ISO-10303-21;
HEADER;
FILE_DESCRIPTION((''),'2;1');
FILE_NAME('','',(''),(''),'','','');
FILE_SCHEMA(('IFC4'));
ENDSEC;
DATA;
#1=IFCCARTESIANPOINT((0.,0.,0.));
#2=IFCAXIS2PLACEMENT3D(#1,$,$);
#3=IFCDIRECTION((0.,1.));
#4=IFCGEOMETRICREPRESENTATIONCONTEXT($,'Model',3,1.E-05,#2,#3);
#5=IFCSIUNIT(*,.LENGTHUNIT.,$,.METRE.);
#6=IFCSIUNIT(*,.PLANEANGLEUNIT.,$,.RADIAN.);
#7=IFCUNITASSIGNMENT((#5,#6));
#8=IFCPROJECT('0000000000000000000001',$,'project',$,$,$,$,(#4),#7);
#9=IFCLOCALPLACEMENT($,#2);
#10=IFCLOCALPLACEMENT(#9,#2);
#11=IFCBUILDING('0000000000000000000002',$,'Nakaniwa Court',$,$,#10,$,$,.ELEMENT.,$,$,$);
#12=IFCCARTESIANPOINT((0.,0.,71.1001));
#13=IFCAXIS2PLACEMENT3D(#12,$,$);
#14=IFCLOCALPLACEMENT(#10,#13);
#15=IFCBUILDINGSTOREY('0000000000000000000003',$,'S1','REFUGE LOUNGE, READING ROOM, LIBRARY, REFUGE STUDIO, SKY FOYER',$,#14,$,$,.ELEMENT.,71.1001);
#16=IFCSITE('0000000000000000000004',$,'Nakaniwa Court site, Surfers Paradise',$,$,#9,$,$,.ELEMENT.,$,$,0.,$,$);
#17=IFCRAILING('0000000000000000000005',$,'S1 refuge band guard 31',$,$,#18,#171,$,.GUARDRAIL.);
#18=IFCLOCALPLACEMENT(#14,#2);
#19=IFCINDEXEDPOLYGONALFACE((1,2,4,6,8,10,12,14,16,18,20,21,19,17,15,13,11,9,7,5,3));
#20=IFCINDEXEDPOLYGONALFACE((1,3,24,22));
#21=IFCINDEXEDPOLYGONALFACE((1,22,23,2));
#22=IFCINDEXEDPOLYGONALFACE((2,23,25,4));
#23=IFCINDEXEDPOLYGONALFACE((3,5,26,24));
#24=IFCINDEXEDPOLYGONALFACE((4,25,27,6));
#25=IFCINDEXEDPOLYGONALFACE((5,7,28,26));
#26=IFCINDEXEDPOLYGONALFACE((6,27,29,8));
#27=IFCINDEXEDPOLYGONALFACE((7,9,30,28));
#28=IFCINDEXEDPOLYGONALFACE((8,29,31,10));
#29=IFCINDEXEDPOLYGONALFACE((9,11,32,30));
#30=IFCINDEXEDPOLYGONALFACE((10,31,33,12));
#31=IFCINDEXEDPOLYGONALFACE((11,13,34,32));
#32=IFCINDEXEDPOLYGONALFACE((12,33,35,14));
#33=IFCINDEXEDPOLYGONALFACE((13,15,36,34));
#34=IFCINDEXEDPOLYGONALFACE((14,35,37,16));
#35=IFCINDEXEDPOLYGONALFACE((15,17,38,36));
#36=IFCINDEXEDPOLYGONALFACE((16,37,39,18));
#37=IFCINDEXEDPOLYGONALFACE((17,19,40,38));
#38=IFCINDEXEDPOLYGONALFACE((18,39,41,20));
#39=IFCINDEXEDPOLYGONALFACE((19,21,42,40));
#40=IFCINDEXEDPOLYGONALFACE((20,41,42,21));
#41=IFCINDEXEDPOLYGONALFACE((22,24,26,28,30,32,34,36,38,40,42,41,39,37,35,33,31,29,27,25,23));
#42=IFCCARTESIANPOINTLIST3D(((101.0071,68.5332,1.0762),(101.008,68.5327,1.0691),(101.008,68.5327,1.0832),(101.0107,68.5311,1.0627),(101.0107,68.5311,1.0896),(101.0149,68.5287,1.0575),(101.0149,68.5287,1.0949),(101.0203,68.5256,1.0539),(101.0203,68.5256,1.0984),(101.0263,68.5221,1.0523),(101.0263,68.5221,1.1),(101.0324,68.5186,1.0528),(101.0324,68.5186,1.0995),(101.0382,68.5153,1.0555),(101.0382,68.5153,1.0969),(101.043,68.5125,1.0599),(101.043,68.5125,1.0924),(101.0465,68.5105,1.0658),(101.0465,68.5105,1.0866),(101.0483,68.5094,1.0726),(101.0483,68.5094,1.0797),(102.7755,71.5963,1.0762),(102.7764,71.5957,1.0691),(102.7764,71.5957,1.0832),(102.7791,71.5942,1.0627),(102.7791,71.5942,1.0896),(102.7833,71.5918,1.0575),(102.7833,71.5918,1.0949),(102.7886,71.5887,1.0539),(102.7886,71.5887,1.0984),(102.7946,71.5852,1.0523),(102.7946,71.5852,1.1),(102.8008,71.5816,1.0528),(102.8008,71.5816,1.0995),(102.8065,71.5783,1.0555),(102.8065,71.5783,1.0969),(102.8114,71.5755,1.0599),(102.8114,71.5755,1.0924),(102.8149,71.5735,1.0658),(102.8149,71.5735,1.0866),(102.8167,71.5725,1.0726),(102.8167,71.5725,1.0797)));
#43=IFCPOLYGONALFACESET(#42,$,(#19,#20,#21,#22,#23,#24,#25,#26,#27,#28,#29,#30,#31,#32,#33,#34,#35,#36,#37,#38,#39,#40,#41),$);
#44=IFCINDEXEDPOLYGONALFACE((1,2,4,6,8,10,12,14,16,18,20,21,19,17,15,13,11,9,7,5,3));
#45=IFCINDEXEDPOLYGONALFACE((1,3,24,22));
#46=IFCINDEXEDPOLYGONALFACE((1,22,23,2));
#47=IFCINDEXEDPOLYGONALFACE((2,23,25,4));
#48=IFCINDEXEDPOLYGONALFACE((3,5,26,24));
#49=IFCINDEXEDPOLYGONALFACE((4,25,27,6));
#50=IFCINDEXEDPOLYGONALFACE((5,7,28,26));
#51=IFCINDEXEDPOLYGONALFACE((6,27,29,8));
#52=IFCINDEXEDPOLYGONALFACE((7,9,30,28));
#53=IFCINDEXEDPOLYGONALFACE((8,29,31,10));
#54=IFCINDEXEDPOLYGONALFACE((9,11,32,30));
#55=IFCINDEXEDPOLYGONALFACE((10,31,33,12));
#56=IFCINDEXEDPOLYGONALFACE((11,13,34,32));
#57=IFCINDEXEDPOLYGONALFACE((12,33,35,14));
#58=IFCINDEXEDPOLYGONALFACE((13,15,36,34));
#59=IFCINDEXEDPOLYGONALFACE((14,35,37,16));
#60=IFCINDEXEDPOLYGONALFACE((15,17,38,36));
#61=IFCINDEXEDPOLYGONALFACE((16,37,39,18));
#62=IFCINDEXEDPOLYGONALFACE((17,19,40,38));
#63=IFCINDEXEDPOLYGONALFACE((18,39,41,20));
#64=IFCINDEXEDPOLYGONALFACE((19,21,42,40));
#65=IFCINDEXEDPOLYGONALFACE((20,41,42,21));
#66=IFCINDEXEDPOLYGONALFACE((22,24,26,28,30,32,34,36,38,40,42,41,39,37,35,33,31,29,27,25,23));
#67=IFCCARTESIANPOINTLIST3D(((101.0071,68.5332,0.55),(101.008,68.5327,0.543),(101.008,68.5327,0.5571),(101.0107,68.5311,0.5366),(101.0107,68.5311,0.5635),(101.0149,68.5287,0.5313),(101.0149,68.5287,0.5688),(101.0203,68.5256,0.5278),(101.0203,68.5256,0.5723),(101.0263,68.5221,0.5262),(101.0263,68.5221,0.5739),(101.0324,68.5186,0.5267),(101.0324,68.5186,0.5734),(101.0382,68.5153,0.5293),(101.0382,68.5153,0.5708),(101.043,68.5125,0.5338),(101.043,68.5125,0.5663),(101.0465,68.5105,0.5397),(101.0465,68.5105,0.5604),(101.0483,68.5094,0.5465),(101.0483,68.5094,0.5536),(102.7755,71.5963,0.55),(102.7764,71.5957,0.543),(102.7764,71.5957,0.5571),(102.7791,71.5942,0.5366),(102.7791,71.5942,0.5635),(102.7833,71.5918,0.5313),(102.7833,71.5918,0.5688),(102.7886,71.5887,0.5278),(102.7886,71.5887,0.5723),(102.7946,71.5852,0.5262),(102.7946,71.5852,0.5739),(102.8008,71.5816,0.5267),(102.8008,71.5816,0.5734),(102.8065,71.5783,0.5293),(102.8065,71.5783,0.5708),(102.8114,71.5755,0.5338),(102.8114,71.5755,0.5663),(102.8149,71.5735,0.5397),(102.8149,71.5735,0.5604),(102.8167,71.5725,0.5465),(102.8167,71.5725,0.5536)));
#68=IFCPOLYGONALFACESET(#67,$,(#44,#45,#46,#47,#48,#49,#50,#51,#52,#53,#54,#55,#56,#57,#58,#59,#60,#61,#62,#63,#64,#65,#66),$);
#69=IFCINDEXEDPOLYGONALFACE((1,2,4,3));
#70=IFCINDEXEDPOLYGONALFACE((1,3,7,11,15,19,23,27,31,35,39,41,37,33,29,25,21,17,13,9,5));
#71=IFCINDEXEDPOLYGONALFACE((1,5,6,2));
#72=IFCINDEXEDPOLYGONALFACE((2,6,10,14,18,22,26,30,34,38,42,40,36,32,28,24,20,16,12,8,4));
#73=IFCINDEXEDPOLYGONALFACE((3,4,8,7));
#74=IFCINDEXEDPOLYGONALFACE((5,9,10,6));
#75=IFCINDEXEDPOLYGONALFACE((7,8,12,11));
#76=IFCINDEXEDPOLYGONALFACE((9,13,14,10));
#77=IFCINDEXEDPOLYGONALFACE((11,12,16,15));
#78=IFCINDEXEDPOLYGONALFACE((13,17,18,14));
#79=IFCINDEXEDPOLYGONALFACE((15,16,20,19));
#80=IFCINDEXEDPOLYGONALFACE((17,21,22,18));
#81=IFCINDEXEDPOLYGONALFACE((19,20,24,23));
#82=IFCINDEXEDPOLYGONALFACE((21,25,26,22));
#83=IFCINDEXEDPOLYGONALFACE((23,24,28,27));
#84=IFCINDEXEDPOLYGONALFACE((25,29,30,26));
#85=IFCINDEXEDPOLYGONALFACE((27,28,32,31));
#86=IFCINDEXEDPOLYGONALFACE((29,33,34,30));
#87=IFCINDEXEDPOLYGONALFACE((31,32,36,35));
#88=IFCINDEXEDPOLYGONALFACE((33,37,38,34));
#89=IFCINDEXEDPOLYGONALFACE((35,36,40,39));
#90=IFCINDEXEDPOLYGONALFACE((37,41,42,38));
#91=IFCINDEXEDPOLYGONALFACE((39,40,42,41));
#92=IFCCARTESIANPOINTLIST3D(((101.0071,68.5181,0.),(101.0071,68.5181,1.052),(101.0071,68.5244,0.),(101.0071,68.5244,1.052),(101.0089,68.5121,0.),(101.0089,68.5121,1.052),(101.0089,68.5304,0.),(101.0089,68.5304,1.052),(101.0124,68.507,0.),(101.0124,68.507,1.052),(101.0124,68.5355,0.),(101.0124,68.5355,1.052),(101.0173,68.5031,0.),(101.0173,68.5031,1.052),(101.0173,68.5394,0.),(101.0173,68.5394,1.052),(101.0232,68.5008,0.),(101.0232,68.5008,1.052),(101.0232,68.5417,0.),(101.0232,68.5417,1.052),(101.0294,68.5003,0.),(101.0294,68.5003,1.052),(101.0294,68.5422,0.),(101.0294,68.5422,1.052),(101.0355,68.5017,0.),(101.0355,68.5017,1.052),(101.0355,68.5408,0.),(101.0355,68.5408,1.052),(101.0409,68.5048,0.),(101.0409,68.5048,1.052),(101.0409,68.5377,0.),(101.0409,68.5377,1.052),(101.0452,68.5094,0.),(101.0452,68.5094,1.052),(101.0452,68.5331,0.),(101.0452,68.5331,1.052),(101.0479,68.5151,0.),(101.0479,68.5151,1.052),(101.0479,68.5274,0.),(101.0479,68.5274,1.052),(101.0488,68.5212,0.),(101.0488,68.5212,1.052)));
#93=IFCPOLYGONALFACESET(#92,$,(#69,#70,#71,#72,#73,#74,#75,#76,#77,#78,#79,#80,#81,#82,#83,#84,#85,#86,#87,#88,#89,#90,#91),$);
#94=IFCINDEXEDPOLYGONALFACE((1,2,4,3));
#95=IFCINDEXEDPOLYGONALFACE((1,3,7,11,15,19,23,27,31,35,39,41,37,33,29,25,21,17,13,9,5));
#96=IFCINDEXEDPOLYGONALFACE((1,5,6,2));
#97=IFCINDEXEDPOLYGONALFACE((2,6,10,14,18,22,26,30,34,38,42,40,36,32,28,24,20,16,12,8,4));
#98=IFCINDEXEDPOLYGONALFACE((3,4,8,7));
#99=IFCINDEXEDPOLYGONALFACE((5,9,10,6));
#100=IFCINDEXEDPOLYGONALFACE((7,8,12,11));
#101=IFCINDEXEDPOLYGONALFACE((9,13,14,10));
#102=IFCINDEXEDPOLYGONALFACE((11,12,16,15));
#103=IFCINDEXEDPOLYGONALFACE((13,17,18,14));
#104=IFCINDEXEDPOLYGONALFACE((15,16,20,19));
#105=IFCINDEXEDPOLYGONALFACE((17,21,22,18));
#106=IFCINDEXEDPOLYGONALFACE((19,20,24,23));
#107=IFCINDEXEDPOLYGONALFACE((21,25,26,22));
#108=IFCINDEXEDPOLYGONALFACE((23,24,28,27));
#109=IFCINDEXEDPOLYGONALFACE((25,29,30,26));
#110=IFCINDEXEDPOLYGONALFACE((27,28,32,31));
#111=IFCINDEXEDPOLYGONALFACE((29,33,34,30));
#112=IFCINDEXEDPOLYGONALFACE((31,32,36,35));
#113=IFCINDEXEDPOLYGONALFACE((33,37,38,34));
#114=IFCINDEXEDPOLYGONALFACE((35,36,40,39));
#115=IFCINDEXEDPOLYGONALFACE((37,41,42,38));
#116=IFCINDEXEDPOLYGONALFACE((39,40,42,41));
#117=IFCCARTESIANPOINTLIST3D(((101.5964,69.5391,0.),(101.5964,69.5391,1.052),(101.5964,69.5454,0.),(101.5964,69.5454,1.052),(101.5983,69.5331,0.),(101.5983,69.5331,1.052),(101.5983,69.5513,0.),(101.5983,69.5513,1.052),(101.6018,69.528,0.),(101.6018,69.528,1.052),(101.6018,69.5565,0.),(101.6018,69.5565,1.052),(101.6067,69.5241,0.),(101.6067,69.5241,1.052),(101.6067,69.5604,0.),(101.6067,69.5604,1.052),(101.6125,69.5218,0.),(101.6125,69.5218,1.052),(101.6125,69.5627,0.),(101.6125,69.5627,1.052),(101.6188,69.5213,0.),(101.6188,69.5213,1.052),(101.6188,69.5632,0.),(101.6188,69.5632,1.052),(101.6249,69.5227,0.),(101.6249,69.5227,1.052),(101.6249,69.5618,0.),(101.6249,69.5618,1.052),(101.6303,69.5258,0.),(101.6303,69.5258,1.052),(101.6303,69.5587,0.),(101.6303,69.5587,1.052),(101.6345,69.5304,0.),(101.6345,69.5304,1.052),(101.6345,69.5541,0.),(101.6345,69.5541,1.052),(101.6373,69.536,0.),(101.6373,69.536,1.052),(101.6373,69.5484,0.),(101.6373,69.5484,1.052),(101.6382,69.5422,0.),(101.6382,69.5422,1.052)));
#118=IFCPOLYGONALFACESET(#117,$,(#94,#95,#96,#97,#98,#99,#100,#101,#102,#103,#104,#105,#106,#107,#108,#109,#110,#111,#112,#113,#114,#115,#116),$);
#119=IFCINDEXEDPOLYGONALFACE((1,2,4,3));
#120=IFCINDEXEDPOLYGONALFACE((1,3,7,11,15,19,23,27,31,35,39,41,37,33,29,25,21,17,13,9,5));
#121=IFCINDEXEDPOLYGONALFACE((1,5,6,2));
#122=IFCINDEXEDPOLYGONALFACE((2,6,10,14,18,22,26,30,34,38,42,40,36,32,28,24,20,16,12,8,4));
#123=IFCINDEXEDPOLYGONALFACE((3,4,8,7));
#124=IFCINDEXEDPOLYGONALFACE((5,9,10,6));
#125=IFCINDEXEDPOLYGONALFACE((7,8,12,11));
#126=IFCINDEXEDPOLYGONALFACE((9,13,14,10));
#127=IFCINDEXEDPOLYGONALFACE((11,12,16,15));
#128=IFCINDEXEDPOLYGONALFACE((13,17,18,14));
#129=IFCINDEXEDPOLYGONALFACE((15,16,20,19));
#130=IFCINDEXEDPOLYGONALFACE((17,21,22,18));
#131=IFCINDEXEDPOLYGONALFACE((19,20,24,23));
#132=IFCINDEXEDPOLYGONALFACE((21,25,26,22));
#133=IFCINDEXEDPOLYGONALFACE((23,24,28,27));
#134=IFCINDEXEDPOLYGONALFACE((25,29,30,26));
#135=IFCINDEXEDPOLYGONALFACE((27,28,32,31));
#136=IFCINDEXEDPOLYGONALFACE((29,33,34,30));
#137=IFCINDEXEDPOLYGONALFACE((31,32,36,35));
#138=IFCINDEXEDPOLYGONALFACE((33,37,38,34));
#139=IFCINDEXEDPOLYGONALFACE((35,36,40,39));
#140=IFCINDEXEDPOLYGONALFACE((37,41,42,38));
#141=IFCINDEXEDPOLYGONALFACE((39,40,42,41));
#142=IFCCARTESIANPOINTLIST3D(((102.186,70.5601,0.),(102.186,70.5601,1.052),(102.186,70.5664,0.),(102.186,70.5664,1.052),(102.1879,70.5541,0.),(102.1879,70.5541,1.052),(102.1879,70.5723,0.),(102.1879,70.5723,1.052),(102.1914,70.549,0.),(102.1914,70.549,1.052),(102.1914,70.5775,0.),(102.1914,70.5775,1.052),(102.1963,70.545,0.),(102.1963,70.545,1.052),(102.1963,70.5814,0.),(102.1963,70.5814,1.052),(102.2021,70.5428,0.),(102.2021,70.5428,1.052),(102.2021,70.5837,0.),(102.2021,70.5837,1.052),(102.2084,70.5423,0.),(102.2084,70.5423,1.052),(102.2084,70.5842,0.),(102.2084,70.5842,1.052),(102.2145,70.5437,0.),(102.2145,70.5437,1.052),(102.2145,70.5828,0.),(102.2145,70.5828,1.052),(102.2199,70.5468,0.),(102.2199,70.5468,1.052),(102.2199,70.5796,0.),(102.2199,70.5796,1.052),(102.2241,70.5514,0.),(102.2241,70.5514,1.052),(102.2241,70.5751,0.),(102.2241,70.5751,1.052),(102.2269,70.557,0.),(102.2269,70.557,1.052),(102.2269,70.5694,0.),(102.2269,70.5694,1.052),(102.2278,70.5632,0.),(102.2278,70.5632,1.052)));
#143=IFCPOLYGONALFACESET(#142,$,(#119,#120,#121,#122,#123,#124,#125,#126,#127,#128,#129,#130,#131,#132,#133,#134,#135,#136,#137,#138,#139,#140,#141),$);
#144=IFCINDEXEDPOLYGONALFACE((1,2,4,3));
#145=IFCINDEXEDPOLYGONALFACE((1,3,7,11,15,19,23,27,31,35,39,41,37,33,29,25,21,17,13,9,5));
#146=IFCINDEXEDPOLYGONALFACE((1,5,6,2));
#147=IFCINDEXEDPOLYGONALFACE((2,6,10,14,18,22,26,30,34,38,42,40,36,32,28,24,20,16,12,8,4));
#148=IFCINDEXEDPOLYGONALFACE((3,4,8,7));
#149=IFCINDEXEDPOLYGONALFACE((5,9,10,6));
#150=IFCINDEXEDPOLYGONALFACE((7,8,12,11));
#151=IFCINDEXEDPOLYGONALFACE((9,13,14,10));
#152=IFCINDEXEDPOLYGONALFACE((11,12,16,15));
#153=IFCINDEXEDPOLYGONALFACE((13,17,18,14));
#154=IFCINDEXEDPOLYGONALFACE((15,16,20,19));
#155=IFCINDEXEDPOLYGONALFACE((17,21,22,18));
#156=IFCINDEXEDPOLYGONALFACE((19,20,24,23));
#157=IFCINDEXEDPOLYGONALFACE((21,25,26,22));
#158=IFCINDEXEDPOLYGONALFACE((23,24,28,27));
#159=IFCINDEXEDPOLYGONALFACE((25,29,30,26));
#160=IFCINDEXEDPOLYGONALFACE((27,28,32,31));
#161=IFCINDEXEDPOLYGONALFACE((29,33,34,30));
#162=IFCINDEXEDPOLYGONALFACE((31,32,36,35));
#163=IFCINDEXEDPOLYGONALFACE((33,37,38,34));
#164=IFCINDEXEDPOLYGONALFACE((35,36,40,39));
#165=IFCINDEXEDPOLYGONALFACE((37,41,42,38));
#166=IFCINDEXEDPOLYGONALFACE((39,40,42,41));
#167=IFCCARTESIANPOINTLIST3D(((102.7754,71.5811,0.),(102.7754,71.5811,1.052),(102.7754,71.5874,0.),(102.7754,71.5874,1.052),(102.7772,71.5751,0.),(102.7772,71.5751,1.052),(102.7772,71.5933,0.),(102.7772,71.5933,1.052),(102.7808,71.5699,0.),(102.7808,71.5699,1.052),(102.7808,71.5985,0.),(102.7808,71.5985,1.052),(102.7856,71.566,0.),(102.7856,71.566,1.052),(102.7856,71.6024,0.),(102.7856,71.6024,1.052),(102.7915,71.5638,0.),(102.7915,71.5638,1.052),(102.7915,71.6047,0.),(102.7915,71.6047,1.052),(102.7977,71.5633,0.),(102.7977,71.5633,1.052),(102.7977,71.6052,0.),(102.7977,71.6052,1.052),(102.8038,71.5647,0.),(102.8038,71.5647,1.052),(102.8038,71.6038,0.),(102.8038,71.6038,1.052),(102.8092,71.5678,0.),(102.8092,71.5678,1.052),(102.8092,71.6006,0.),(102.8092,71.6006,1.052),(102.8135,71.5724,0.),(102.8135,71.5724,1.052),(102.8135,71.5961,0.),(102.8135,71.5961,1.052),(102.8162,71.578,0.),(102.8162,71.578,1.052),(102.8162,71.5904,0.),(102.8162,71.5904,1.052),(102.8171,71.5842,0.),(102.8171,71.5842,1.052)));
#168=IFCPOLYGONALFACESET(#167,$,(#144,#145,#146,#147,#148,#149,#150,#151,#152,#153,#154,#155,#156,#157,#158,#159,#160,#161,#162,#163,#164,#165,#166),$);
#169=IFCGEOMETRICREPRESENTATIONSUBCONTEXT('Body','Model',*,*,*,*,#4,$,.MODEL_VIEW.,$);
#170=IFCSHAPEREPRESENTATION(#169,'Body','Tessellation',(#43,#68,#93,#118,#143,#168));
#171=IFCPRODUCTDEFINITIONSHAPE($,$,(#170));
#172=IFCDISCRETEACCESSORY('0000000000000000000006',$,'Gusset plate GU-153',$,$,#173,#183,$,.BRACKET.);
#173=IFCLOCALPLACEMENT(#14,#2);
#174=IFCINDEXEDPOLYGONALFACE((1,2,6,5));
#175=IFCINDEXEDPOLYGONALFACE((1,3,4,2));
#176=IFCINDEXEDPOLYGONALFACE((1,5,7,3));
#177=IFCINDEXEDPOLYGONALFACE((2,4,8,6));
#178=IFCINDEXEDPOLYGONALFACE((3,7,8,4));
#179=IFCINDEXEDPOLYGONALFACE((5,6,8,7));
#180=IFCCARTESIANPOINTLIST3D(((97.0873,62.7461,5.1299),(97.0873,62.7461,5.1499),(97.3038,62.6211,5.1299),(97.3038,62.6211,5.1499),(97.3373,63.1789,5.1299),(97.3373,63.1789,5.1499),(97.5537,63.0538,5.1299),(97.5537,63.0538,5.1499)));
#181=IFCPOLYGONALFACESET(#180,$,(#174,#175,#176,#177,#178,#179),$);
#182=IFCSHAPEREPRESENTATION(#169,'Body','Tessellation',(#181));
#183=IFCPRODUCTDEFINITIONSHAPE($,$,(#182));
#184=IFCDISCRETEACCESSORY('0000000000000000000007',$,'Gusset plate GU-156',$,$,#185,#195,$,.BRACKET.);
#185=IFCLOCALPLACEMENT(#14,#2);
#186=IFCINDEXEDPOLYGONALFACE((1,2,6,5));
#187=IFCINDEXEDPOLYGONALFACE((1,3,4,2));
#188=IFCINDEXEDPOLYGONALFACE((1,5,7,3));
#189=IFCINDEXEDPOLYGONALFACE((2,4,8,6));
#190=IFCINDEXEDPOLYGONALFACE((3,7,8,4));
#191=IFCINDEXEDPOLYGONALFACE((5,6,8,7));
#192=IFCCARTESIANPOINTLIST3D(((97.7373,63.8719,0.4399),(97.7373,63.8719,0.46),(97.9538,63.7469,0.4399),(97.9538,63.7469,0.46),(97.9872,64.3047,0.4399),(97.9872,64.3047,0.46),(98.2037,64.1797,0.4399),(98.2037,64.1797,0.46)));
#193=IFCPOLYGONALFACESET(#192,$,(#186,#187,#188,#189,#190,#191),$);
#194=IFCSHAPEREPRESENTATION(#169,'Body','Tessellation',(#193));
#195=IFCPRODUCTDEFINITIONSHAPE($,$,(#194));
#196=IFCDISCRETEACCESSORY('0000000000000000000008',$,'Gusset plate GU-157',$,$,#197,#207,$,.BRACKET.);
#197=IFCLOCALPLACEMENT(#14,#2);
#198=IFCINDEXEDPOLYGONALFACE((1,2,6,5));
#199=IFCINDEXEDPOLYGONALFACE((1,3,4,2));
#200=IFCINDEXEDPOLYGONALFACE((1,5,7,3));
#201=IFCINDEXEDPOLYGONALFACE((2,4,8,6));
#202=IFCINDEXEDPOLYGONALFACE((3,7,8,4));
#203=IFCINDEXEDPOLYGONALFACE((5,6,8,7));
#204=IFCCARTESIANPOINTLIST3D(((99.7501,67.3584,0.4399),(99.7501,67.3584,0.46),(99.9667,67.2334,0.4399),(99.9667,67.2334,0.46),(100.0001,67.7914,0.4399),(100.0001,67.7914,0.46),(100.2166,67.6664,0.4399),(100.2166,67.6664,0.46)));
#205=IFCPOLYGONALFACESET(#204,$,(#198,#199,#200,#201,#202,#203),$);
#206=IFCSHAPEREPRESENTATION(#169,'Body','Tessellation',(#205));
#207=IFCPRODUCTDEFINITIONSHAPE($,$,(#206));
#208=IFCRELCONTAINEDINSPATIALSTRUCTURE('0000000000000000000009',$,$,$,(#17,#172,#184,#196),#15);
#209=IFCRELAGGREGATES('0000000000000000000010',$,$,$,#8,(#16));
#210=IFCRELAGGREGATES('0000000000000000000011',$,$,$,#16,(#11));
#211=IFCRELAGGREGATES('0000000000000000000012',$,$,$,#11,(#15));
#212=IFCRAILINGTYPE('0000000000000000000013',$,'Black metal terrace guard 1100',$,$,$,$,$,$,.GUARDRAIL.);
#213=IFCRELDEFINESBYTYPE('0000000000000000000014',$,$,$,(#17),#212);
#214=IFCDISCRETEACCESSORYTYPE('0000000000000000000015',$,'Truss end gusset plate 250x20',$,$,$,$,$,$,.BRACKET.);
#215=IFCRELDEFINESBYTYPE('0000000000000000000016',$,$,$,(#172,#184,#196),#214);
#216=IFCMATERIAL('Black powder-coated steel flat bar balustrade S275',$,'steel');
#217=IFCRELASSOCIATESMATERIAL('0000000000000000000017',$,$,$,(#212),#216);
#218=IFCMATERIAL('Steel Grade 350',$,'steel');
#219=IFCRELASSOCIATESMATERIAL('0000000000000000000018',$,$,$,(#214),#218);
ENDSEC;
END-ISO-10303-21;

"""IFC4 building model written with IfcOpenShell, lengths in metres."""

from ifc_helpers import new_model, si_unit, direction, frame, origin, origin_2d, place, context, subcontext, project, spatial, rectangle, circle, extrude, material, material_profile, profile_set, type_object, element, save


model = new_model("IFC4")

# Units and contexts
model_context = context("Model", 3, precision=1e-05, world=origin(), true_north=direction((0.0, 1.0)))
body_context = subcontext(model_context, "Body", "Model", "MODEL_VIEW")
ifc_project = project(units=[si_unit("LENGTHUNIT", "METRE"), si_unit("PLANEANGLEUNIT", "RADIAN")], contexts=[model_context])

# Site, building, storey
site_placement = place(None, origin())
site = spatial("IfcSite", under=ifc_project, at=site_placement, Name="Nakaniwa Court site, Surfers Paradise", CompositionType="ELEMENT", RefElevation=0.0)
building_placement = place(site_placement, origin())
building = spatial("IfcBuilding", under=site, at=building_placement, Name="Nakaniwa Court", CompositionType="ELEMENT")
storey_placement = place(building_placement, frame((0.0, 0.0, 71.1001)))
storey = spatial("IfcBuildingStorey", under=building, at=storey_placement, Name="S1", Description="REFUGE LOUNGE, READING ROOM, LIBRARY, REFUGE STUDIO, SKY FOYER", CompositionType="ELEMENT", Elevation=71.1001)

# Shared definitions
ifc_material_1 = material(Name="Steel Grade 350", Category="steel")

# Railing
ifc_material_2 = material(Name="Black powder-coated steel flat bar balustrade S275", Category="steel")
railing_type = type_object("IfcRailingType", Name="Black metal terrace guard 1100", PredefinedType="GUARDRAIL", material=ifc_material_2)
railing_1_placement = place(storey_placement, frame((101.0278, 68.5212, 0.0)))
element("IfcRailing", 1, at=railing_1_placement, inside=storey, type_object=railing_type, Name="S1 refuge band guard 31", PredefinedType="GUARDRAIL", context=body_context, shape_type="SweptSolid", body=[
    extrude(circle(Radius=0.0239, at=origin_2d()), frame((0.0, 0.0, 1.0762), z_axis=(0.499977, 0.866038, 0.0), x_axis=(-0.866038, 0.499977, 0.0)), (0.0, 0.0, 1.0), 3.5369),
    extrude(circle(Radius=0.0239, at=origin_2d()), frame((0.0, 0.0, 0.55), z_axis=(0.499977, 0.866038, 0.0), x_axis=(-0.866038, 0.499977, 0.0)), (0.0, 0.0, 1.0), 3.5369),
    extrude(circle(Radius=0.021, at=origin_2d()), origin(), (0.0, 0.0, 1.0), 1.052),
    extrude(circle(Radius=0.021, at=origin_2d()), frame((0.5894, 1.021, 0.0)), (0.0, 0.0, 1.0), 1.052),
    extrude(circle(Radius=0.021, at=origin_2d()), frame((1.179, 2.042, 0.0)), (0.0, 0.0, 1.0), 1.052),
    extrude(circle(Radius=0.021, at=origin_2d()), frame((1.7683, 3.063, 0.0)), (0.0, 0.0, 1.0), 1.052),
])

# Discrete accessories
ifc_material_profile_1 = material_profile(ifc_material_1, rectangle(XDim=0.25, YDim=0.02, at=origin_2d()), Name="Truss end gusset plate 250x20")
ifc_profile_set_1 = profile_set([ifc_material_profile_1], Name="Steel Grade 350")
discrete_accessory_type = type_object("IfcDiscreteAccessoryType", Name="Truss end gusset plate 250x20", PredefinedType="BRACKET", material=ifc_profile_set_1)
for number, where, z_axis, x_axis, name in (
    (2, (97.1956, 62.6836, 5.1399), (0.500131, 0.86595, 0.0), (-0.86595, 0.500131, 0.0), "Gusset plate GU-153"),
    (3, (98.0955, 64.2422, 0.45), (-0.500131, -0.86595, 0.0), (0.86595, -0.500131, 0.0), "Gusset plate GU-156"),
):
    element("IfcDiscreteAccessory", number, at=place(storey_placement, frame(where, z_axis=z_axis, x_axis=x_axis)), inside=storey, type_object=discrete_accessory_type, Name=name, PredefinedType="BRACKET", context=body_context, shape_type="SweptSolid", body=[
        extrude(rectangle(XDim=0.25, YDim=0.02, at=origin_2d()), origin(), (0.0, 0.0, 1.0), 0.4998),
    ])
discrete_accessory_1_placement = place(storey_placement, frame((99.8584, 67.2959, 0.45), z_axis=(0.49992, 0.866072, 0.0), x_axis=(-0.866072, 0.49992, 0.0)))
element("IfcDiscreteAccessory", 4, at=discrete_accessory_1_placement, inside=storey, type_object=discrete_accessory_type, Name="Gusset plate GU-157", PredefinedType="BRACKET", context=body_context, shape_type="SweptSolid", body=[
    extrude(rectangle(XDim=0.25, YDim=0.02, at=origin_2d()), origin(), (0.0, 0.0, 1.0), 0.5),
])

save(model, "model.ifc")
